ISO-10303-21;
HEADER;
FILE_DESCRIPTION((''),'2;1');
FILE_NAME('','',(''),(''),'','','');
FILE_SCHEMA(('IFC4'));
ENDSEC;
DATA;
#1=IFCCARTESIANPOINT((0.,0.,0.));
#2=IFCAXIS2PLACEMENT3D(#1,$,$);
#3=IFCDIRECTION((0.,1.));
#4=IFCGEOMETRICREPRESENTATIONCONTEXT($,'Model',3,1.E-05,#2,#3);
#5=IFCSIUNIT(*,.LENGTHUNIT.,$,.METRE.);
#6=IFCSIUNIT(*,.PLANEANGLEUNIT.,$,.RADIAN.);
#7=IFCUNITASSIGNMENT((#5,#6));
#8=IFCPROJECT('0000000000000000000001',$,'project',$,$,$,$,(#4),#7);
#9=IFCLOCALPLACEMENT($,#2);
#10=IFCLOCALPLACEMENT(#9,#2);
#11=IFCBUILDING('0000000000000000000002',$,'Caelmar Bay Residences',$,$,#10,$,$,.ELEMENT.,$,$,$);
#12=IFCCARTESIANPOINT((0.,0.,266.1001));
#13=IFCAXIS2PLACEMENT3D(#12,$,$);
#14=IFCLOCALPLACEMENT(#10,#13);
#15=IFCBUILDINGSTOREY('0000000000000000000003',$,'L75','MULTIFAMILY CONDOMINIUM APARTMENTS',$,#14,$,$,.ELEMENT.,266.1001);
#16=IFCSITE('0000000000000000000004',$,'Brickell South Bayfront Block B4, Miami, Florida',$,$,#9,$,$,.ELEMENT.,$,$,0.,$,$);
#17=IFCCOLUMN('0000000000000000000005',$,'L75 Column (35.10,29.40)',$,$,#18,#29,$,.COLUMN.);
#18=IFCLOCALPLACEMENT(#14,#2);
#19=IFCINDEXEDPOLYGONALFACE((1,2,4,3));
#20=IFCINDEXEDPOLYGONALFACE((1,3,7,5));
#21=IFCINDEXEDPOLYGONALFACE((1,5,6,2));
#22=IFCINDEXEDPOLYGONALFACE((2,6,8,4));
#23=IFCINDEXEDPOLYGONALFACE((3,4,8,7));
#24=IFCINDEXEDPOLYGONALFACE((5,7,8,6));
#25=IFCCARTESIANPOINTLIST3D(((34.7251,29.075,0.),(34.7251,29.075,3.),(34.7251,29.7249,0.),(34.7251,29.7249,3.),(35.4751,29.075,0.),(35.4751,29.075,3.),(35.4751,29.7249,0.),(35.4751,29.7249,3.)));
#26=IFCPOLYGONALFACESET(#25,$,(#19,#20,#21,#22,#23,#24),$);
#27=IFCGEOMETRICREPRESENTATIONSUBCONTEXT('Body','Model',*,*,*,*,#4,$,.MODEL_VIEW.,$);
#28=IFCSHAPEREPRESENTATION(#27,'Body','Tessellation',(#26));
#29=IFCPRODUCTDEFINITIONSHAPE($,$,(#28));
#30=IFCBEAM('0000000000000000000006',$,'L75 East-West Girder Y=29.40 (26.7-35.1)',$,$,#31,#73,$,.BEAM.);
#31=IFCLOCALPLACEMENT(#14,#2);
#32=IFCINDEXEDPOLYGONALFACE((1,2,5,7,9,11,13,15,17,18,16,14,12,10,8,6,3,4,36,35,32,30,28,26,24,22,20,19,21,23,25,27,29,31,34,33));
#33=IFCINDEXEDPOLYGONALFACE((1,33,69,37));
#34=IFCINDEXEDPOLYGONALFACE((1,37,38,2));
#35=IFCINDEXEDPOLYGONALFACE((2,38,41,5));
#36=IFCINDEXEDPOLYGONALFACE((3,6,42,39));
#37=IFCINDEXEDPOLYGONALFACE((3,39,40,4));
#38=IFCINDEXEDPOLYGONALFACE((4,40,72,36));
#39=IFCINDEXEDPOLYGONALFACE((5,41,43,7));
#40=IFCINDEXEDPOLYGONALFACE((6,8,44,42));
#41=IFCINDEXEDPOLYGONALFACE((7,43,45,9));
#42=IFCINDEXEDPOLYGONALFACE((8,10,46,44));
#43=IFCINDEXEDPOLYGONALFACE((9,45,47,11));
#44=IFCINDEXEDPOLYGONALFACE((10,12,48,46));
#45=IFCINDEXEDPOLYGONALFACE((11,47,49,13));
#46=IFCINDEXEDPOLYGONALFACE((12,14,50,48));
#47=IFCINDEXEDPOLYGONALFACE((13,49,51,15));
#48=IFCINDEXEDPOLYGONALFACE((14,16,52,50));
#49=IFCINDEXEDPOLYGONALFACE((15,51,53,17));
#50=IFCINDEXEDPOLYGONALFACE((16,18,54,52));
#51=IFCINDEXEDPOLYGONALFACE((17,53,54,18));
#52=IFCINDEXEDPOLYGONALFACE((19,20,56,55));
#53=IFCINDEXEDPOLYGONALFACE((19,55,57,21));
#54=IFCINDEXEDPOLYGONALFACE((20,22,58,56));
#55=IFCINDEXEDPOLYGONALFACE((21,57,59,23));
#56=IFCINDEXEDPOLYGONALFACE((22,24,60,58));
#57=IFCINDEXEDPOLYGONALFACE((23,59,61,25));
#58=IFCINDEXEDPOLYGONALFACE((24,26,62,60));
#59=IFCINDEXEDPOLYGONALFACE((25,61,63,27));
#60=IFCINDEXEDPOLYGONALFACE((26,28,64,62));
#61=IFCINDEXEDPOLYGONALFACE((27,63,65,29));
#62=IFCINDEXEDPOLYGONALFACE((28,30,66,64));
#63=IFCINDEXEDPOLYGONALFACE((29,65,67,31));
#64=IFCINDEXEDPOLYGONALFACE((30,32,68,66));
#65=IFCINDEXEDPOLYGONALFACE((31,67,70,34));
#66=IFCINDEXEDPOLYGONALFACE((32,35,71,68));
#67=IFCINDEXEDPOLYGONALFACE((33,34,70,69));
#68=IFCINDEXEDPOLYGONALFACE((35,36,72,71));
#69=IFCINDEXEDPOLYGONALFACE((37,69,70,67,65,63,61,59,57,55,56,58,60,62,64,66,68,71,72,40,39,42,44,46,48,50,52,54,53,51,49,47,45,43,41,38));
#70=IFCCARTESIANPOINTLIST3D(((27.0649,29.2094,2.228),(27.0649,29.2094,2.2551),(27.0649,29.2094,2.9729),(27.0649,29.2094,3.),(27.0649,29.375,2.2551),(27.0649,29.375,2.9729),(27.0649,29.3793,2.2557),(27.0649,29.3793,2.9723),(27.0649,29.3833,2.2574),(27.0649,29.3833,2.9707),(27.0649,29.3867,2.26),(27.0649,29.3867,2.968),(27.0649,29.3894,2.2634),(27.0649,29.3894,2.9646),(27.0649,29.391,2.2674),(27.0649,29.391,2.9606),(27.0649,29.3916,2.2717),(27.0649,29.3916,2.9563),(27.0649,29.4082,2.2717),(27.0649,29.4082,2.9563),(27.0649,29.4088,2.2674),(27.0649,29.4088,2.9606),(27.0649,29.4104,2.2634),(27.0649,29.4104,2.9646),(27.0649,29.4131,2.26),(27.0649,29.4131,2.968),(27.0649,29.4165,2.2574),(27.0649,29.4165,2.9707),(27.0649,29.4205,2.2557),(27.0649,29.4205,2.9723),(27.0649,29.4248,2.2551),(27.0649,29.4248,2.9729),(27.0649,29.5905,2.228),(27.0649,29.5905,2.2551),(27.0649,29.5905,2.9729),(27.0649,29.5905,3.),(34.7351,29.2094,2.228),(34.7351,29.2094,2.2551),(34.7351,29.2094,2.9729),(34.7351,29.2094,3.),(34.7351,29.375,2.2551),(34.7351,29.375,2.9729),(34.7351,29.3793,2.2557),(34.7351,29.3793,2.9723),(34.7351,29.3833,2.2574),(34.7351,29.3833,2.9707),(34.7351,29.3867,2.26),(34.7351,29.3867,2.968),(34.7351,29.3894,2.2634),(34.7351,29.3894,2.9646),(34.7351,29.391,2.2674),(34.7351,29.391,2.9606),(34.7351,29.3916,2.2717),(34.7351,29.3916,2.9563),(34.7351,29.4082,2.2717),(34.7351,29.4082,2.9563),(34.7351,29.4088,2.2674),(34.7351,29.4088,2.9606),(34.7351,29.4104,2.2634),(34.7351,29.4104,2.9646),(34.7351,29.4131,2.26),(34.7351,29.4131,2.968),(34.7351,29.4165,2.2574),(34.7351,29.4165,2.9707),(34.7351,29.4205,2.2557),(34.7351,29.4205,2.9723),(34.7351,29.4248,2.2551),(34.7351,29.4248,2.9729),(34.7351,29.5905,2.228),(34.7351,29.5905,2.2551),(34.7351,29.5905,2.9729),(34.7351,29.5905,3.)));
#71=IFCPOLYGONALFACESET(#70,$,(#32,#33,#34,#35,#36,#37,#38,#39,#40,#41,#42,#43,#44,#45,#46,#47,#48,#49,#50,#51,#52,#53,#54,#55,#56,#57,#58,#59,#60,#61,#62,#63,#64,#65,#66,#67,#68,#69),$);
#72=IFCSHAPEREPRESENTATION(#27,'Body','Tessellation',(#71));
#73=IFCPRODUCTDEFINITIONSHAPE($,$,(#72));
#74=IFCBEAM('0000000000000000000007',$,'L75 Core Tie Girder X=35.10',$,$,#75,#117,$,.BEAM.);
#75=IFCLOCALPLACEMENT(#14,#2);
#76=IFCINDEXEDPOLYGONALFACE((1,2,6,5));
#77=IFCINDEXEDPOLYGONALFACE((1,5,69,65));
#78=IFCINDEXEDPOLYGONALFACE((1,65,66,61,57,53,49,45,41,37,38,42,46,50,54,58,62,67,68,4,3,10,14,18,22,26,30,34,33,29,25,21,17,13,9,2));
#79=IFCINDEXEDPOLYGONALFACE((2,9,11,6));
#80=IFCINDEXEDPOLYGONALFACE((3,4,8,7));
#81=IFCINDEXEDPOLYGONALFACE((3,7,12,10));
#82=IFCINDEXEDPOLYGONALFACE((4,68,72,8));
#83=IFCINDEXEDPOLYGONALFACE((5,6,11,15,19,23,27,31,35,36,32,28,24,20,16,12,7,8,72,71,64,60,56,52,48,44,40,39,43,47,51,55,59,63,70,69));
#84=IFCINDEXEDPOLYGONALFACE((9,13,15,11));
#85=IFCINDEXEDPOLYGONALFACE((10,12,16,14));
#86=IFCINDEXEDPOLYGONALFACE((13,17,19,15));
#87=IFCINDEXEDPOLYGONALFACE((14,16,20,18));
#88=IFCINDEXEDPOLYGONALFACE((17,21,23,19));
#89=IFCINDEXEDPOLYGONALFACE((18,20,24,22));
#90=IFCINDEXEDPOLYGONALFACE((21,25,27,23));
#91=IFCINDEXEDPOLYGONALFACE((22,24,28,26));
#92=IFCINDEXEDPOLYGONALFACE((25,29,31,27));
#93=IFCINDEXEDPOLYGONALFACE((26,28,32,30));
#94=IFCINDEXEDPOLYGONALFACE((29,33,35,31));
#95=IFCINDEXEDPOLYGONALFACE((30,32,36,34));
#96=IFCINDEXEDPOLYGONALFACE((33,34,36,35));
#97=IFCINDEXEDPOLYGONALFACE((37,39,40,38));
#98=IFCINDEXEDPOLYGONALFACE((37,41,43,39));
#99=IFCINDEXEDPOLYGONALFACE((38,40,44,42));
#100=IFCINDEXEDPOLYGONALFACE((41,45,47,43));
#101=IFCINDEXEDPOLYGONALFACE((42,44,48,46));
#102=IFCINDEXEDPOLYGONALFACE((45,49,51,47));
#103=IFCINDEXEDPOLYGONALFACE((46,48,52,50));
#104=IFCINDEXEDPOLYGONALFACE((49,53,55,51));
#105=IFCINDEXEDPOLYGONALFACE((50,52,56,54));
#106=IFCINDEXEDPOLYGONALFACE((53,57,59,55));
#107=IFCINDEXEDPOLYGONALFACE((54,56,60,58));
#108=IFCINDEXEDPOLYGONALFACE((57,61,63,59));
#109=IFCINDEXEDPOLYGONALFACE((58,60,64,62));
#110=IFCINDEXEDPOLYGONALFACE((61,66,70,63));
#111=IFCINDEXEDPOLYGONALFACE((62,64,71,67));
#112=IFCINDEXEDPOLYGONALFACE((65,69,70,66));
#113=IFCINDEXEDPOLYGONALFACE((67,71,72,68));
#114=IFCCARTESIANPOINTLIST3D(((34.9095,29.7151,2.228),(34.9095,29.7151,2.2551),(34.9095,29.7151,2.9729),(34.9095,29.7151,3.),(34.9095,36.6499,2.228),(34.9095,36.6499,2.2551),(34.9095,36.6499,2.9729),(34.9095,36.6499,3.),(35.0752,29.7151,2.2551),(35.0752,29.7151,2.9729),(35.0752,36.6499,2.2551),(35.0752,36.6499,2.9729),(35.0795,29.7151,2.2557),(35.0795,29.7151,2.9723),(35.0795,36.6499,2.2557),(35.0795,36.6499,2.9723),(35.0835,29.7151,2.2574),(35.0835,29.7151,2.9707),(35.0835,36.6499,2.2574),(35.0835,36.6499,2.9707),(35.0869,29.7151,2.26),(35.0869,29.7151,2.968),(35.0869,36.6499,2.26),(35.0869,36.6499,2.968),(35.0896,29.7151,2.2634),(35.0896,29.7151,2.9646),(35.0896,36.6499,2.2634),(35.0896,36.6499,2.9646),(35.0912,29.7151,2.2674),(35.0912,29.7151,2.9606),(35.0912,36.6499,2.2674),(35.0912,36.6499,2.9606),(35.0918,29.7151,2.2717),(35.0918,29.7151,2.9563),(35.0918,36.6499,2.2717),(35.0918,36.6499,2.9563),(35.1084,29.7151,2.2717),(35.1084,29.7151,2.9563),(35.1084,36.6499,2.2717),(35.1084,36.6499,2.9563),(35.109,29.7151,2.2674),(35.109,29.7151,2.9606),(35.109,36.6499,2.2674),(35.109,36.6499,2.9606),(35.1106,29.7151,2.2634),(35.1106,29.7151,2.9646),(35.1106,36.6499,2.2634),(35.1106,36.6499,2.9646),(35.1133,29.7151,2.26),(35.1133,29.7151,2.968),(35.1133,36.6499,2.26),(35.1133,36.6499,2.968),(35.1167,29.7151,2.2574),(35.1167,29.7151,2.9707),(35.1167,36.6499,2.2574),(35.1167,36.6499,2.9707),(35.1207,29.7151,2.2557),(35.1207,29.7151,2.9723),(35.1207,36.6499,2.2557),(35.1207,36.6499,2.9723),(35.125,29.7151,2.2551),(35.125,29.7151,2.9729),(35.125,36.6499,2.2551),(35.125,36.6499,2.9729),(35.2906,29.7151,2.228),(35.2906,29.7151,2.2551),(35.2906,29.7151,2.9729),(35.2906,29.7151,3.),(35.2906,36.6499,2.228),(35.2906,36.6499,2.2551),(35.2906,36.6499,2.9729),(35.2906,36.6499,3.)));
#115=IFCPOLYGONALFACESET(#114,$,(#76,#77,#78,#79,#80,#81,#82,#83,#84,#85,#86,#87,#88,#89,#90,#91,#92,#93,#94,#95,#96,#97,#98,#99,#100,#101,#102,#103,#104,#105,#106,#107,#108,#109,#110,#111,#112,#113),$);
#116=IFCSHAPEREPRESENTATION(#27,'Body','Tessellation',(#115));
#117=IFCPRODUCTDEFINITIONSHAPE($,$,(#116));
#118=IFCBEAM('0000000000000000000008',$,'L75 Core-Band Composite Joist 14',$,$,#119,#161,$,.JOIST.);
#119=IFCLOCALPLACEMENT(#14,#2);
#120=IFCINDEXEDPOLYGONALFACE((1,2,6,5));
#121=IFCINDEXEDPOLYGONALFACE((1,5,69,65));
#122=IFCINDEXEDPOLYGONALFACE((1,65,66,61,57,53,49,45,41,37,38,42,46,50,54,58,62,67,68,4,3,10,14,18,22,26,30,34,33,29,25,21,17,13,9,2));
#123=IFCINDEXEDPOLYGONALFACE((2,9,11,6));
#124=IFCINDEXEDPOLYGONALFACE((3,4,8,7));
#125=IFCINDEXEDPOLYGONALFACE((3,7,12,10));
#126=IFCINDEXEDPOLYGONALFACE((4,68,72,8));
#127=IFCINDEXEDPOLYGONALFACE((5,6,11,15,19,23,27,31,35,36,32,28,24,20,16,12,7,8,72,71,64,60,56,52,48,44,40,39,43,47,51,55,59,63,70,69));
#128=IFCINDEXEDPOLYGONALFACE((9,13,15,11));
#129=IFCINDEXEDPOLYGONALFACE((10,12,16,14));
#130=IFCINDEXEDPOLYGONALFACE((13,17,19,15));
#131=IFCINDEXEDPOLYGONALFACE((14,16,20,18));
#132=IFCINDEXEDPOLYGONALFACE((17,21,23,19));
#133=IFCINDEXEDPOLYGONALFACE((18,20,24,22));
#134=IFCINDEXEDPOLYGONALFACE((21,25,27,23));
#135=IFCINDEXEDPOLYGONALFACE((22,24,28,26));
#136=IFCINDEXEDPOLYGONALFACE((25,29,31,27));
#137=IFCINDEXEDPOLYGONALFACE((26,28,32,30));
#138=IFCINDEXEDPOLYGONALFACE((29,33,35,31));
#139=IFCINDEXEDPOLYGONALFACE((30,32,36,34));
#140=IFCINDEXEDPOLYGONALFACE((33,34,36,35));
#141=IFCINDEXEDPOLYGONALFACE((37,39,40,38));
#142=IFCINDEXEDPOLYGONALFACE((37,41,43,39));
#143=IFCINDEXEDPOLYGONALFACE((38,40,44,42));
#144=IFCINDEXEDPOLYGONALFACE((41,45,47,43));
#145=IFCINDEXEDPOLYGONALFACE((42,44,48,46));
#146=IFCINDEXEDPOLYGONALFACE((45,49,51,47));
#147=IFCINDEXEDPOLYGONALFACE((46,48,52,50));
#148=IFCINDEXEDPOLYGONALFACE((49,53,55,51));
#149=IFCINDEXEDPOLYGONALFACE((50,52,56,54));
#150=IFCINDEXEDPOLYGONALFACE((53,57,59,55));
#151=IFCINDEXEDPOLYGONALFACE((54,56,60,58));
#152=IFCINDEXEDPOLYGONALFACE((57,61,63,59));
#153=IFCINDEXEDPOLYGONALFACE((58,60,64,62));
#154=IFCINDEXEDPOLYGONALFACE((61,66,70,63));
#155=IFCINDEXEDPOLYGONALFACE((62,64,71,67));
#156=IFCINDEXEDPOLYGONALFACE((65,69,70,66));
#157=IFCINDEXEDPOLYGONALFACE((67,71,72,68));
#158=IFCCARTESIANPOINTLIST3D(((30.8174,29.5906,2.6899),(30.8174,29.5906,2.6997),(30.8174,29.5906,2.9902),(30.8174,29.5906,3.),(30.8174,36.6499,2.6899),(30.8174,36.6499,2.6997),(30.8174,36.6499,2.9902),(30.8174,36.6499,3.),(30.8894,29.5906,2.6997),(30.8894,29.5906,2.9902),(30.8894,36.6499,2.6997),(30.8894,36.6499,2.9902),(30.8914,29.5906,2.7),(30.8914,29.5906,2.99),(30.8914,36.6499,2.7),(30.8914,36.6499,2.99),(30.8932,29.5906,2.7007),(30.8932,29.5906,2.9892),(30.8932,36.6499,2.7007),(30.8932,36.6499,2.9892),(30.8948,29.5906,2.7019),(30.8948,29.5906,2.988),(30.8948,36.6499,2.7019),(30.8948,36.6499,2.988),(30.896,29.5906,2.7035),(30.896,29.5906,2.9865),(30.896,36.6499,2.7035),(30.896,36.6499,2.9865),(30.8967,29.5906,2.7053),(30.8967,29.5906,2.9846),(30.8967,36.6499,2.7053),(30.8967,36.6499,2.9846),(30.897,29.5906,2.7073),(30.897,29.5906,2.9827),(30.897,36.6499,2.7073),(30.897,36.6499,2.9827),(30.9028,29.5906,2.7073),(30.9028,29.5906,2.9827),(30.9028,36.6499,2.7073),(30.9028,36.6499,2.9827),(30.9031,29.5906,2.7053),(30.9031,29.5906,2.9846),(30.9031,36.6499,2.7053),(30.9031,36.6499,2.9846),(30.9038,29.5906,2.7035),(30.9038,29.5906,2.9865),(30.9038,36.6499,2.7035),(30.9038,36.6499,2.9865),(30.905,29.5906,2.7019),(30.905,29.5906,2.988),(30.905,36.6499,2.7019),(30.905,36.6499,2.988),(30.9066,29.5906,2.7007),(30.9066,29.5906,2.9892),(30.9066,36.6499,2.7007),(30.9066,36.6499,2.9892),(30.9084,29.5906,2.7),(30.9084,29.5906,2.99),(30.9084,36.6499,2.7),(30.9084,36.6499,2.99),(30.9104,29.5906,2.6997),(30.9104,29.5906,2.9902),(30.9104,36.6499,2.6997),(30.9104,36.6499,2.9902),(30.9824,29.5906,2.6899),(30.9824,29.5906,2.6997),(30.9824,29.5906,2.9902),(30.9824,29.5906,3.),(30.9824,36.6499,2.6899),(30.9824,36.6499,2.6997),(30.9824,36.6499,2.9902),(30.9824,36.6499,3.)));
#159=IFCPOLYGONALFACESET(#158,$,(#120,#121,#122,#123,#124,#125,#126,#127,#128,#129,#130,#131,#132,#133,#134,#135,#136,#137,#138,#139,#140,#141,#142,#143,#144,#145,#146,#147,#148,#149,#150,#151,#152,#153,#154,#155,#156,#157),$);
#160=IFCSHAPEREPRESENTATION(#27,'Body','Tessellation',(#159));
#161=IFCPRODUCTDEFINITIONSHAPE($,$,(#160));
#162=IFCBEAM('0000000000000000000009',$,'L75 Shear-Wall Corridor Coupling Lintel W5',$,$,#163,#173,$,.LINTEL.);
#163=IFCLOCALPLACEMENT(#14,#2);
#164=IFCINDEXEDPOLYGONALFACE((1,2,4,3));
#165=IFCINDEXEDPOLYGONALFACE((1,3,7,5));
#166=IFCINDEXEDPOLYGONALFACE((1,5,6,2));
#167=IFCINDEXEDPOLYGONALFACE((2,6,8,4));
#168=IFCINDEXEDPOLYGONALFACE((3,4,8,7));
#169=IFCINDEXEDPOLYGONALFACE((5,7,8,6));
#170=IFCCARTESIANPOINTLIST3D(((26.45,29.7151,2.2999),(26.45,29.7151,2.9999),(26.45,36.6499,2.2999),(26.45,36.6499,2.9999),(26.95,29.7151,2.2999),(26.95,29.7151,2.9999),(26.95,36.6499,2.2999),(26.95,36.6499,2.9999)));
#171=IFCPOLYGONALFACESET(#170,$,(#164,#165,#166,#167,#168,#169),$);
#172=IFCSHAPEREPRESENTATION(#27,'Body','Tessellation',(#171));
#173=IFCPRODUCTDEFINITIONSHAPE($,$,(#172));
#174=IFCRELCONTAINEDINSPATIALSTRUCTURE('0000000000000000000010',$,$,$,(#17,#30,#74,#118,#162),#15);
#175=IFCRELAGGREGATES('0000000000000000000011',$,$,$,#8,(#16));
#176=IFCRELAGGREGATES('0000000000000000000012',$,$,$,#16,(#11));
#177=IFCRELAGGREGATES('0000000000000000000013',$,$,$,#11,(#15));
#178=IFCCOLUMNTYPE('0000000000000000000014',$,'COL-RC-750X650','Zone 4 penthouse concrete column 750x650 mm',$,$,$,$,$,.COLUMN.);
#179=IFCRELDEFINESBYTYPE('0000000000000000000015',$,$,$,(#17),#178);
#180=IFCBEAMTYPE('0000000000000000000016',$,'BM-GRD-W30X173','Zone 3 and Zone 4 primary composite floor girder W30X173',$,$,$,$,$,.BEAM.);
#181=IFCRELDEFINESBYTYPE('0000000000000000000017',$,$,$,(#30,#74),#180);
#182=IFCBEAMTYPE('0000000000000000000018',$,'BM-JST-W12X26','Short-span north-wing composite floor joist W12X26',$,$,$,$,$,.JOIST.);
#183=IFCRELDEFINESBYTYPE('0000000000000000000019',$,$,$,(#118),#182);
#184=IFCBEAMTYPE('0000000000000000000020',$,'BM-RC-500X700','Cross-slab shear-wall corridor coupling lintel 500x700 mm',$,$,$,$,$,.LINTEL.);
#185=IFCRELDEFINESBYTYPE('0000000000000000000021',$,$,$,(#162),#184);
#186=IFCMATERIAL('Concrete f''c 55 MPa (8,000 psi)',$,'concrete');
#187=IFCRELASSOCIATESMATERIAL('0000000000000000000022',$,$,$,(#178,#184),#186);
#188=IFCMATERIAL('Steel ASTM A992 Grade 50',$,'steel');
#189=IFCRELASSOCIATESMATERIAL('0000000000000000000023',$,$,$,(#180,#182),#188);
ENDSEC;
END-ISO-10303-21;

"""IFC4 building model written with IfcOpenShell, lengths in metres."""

from ifc_helpers import new_model, si_unit, direction, frame, origin, origin_2d, place, context, subcontext, project, spatial, rectangle, i_section, extrude, material, material_profile, profile_set, type_object, element, save


model = new_model("IFC4")

# Units and contexts
model_context = context("Model", 3, precision=1e-05, world=origin(), true_north=direction((0.0, 1.0)))
body_context = subcontext(model_context, "Body", "Model", "MODEL_VIEW")
ifc_project = project(units=[si_unit("LENGTHUNIT", "METRE"), si_unit("PLANEANGLEUNIT", "RADIAN")], contexts=[model_context])

# Site, building, storey
site_placement = place(None, origin())
site = spatial("IfcSite", under=ifc_project, at=site_placement, Name="Brickell South Bayfront Block B4, Miami, Florida", CompositionType="ELEMENT", RefElevation=0.0)
building_placement = place(site_placement, origin())
building = spatial("IfcBuilding", under=site, at=building_placement, Name="Caelmar Bay Residences", CompositionType="ELEMENT")
storey_placement = place(building_placement, frame((0.0, 0.0, 266.1001)))
storey = spatial("IfcBuildingStorey", under=building, at=storey_placement, Name="L75", Description="MULTIFAMILY CONDOMINIUM APARTMENTS", CompositionType="ELEMENT", Elevation=266.1001)

# Column
ifc_material_1 = material(Name="Concrete f'c 55 MPa (8,000 psi)", Category="concrete")
ifc_material_profile_1 = material_profile(ifc_material_1, rectangle(XDim=0.75, YDim=0.6499, at=origin_2d()), Name="RC-COL-750X650")
ifc_profile_set_1 = profile_set([ifc_material_profile_1], Name="Concrete f'c 55 MPa (8,000 psi)")
column_type = type_object("IfcColumnType", Name="COL-RC-750X650", Description="Zone 4 penthouse concrete column 750x650 mm", PredefinedType="COLUMN", material=ifc_profile_set_1)
column_placement = place(storey_placement, frame((35.1001, 29.3999, 0.0), z_axis=(0.0, 0.0, 1.0), x_axis=(1.0, 0.0, 0.0)))
element("IfcColumn", 1, at=column_placement, inside=storey, type_object=column_type, Name="L75 Column (35.10,29.40)", PredefinedType="COLUMN", context=body_context, shape_type="SweptSolid", body=[
    extrude(rectangle(XDim=0.75, YDim=0.6499, at=origin_2d()), origin(), (0.0, 0.0, 1.0), 3.0),
])

# Beams
ifc_material_2 = material(Name="Steel ASTM A992 Grade 50", Category="steel")
ifc_material_profile_2 = material_profile(ifc_material_2, i_section(OverallWidth=0.3811, OverallDepth=0.772, WebThickness=0.0166, FlangeThickness=0.0271, FilletRadius=0.0166, at=origin_2d()), Name="W30X173")
ifc_profile_set_2 = profile_set([ifc_material_profile_2], Name="Steel ASTM A992 Grade 50")
beam_type_1 = type_object("IfcBeamType", Name="BM-GRD-W30X173", Description="Zone 3 and Zone 4 primary composite floor girder W30X173", PredefinedType="BEAM", material=ifc_profile_set_2)
beam_1_placement = place(storey_placement, frame((27.0649, 29.3999, 2.614), z_axis=(1.0, 0.0, 0.0), x_axis=(0.0, 1.0, 0.0)))
element("IfcBeam", 2, at=beam_1_placement, inside=storey, type_object=beam_type_1, Name="L75 East-West Girder Y=29.40 (26.7-35.1)", PredefinedType="BEAM", context=body_context, shape_type="SweptSolid", body=[
    extrude(i_section(OverallWidth=0.3811, OverallDepth=0.772, WebThickness=0.0166, FlangeThickness=0.0271, FilletRadius=0.0166, at=origin_2d()), origin(), (0.0, 0.0, 1.0), 7.6702),
])
beam_2_placement = place(storey_placement, frame((35.1001, 29.7151, 2.614), z_axis=(0.0, 1.0, 0.0), x_axis=(-1.0, 0.0, 0.0)))
element("IfcBeam", 3, at=beam_2_placement, inside=storey, type_object=beam_type_1, Name="L75 Core Tie Girder X=35.10", PredefinedType="BEAM", context=body_context, shape_type="SweptSolid", body=[
    extrude(i_section(OverallWidth=0.3811, OverallDepth=0.772, WebThickness=0.0166, FlangeThickness=0.0271, FilletRadius=0.0166, at=origin_2d()), origin(), (0.0, 0.0, 1.0), 6.9348),
])
ifc_material_profile_3 = material_profile(ifc_material_2, i_section(OverallWidth=0.165, OverallDepth=0.3101, WebThickness=0.0059, FlangeThickness=0.0098, FilletRadius=0.0076, at=origin_2d()), Name="W12X26")
ifc_profile_set_3 = profile_set([ifc_material_profile_3], Name="Steel ASTM A992 Grade 50")
beam_type_2 = type_object("IfcBeamType", Name="BM-JST-W12X26", Description="Short-span north-wing composite floor joist W12X26", PredefinedType="JOIST", material=ifc_profile_set_3)
beam_3_placement = place(storey_placement, frame((30.8999, 29.5906, 2.845), z_axis=(0.0, 1.0, 0.0), x_axis=(-1.0, 0.0, 0.0)))
element("IfcBeam", 4, at=beam_3_placement, inside=storey, type_object=beam_type_2, Name="L75 Core-Band Composite Joist 14", PredefinedType="JOIST", context=body_context, shape_type="SweptSolid", body=[
    extrude(i_section(OverallWidth=0.165, OverallDepth=0.3101, WebThickness=0.0059, FlangeThickness=0.0098, FilletRadius=0.0076, at=origin_2d()), origin(), (0.0, 0.0, 1.0), 7.0593),
])
ifc_material_profile_4 = material_profile(ifc_material_1, rectangle(XDim=0.5, YDim=0.7, at=origin_2d()), Name="RC-BM-500X700")
ifc_profile_set_4 = profile_set([ifc_material_profile_4], Name="Concrete f'c 55 MPa (8,000 psi)")
beam_type_3 = type_object("IfcBeamType", Name="BM-RC-500X700", Description="Cross-slab shear-wall corridor coupling lintel 500x700 mm", PredefinedType="LINTEL", material=ifc_profile_set_4)
beam_4_placement = place(storey_placement, frame((26.7, 29.7151, 2.6499), z_axis=(0.0, 1.0, 0.0), x_axis=(-1.0, 0.0, 0.0)))
element("IfcBeam", 5, at=beam_4_placement, inside=storey, type_object=beam_type_3, Name="L75 Shear-Wall Corridor Coupling Lintel W5", PredefinedType="LINTEL", context=body_context, shape_type="SweptSolid", body=[
    extrude(rectangle(XDim=0.5, YDim=0.7, at=origin_2d()), origin(), (0.0, 0.0, 1.0), 6.9348),
])

save(model, "model.ifc")
